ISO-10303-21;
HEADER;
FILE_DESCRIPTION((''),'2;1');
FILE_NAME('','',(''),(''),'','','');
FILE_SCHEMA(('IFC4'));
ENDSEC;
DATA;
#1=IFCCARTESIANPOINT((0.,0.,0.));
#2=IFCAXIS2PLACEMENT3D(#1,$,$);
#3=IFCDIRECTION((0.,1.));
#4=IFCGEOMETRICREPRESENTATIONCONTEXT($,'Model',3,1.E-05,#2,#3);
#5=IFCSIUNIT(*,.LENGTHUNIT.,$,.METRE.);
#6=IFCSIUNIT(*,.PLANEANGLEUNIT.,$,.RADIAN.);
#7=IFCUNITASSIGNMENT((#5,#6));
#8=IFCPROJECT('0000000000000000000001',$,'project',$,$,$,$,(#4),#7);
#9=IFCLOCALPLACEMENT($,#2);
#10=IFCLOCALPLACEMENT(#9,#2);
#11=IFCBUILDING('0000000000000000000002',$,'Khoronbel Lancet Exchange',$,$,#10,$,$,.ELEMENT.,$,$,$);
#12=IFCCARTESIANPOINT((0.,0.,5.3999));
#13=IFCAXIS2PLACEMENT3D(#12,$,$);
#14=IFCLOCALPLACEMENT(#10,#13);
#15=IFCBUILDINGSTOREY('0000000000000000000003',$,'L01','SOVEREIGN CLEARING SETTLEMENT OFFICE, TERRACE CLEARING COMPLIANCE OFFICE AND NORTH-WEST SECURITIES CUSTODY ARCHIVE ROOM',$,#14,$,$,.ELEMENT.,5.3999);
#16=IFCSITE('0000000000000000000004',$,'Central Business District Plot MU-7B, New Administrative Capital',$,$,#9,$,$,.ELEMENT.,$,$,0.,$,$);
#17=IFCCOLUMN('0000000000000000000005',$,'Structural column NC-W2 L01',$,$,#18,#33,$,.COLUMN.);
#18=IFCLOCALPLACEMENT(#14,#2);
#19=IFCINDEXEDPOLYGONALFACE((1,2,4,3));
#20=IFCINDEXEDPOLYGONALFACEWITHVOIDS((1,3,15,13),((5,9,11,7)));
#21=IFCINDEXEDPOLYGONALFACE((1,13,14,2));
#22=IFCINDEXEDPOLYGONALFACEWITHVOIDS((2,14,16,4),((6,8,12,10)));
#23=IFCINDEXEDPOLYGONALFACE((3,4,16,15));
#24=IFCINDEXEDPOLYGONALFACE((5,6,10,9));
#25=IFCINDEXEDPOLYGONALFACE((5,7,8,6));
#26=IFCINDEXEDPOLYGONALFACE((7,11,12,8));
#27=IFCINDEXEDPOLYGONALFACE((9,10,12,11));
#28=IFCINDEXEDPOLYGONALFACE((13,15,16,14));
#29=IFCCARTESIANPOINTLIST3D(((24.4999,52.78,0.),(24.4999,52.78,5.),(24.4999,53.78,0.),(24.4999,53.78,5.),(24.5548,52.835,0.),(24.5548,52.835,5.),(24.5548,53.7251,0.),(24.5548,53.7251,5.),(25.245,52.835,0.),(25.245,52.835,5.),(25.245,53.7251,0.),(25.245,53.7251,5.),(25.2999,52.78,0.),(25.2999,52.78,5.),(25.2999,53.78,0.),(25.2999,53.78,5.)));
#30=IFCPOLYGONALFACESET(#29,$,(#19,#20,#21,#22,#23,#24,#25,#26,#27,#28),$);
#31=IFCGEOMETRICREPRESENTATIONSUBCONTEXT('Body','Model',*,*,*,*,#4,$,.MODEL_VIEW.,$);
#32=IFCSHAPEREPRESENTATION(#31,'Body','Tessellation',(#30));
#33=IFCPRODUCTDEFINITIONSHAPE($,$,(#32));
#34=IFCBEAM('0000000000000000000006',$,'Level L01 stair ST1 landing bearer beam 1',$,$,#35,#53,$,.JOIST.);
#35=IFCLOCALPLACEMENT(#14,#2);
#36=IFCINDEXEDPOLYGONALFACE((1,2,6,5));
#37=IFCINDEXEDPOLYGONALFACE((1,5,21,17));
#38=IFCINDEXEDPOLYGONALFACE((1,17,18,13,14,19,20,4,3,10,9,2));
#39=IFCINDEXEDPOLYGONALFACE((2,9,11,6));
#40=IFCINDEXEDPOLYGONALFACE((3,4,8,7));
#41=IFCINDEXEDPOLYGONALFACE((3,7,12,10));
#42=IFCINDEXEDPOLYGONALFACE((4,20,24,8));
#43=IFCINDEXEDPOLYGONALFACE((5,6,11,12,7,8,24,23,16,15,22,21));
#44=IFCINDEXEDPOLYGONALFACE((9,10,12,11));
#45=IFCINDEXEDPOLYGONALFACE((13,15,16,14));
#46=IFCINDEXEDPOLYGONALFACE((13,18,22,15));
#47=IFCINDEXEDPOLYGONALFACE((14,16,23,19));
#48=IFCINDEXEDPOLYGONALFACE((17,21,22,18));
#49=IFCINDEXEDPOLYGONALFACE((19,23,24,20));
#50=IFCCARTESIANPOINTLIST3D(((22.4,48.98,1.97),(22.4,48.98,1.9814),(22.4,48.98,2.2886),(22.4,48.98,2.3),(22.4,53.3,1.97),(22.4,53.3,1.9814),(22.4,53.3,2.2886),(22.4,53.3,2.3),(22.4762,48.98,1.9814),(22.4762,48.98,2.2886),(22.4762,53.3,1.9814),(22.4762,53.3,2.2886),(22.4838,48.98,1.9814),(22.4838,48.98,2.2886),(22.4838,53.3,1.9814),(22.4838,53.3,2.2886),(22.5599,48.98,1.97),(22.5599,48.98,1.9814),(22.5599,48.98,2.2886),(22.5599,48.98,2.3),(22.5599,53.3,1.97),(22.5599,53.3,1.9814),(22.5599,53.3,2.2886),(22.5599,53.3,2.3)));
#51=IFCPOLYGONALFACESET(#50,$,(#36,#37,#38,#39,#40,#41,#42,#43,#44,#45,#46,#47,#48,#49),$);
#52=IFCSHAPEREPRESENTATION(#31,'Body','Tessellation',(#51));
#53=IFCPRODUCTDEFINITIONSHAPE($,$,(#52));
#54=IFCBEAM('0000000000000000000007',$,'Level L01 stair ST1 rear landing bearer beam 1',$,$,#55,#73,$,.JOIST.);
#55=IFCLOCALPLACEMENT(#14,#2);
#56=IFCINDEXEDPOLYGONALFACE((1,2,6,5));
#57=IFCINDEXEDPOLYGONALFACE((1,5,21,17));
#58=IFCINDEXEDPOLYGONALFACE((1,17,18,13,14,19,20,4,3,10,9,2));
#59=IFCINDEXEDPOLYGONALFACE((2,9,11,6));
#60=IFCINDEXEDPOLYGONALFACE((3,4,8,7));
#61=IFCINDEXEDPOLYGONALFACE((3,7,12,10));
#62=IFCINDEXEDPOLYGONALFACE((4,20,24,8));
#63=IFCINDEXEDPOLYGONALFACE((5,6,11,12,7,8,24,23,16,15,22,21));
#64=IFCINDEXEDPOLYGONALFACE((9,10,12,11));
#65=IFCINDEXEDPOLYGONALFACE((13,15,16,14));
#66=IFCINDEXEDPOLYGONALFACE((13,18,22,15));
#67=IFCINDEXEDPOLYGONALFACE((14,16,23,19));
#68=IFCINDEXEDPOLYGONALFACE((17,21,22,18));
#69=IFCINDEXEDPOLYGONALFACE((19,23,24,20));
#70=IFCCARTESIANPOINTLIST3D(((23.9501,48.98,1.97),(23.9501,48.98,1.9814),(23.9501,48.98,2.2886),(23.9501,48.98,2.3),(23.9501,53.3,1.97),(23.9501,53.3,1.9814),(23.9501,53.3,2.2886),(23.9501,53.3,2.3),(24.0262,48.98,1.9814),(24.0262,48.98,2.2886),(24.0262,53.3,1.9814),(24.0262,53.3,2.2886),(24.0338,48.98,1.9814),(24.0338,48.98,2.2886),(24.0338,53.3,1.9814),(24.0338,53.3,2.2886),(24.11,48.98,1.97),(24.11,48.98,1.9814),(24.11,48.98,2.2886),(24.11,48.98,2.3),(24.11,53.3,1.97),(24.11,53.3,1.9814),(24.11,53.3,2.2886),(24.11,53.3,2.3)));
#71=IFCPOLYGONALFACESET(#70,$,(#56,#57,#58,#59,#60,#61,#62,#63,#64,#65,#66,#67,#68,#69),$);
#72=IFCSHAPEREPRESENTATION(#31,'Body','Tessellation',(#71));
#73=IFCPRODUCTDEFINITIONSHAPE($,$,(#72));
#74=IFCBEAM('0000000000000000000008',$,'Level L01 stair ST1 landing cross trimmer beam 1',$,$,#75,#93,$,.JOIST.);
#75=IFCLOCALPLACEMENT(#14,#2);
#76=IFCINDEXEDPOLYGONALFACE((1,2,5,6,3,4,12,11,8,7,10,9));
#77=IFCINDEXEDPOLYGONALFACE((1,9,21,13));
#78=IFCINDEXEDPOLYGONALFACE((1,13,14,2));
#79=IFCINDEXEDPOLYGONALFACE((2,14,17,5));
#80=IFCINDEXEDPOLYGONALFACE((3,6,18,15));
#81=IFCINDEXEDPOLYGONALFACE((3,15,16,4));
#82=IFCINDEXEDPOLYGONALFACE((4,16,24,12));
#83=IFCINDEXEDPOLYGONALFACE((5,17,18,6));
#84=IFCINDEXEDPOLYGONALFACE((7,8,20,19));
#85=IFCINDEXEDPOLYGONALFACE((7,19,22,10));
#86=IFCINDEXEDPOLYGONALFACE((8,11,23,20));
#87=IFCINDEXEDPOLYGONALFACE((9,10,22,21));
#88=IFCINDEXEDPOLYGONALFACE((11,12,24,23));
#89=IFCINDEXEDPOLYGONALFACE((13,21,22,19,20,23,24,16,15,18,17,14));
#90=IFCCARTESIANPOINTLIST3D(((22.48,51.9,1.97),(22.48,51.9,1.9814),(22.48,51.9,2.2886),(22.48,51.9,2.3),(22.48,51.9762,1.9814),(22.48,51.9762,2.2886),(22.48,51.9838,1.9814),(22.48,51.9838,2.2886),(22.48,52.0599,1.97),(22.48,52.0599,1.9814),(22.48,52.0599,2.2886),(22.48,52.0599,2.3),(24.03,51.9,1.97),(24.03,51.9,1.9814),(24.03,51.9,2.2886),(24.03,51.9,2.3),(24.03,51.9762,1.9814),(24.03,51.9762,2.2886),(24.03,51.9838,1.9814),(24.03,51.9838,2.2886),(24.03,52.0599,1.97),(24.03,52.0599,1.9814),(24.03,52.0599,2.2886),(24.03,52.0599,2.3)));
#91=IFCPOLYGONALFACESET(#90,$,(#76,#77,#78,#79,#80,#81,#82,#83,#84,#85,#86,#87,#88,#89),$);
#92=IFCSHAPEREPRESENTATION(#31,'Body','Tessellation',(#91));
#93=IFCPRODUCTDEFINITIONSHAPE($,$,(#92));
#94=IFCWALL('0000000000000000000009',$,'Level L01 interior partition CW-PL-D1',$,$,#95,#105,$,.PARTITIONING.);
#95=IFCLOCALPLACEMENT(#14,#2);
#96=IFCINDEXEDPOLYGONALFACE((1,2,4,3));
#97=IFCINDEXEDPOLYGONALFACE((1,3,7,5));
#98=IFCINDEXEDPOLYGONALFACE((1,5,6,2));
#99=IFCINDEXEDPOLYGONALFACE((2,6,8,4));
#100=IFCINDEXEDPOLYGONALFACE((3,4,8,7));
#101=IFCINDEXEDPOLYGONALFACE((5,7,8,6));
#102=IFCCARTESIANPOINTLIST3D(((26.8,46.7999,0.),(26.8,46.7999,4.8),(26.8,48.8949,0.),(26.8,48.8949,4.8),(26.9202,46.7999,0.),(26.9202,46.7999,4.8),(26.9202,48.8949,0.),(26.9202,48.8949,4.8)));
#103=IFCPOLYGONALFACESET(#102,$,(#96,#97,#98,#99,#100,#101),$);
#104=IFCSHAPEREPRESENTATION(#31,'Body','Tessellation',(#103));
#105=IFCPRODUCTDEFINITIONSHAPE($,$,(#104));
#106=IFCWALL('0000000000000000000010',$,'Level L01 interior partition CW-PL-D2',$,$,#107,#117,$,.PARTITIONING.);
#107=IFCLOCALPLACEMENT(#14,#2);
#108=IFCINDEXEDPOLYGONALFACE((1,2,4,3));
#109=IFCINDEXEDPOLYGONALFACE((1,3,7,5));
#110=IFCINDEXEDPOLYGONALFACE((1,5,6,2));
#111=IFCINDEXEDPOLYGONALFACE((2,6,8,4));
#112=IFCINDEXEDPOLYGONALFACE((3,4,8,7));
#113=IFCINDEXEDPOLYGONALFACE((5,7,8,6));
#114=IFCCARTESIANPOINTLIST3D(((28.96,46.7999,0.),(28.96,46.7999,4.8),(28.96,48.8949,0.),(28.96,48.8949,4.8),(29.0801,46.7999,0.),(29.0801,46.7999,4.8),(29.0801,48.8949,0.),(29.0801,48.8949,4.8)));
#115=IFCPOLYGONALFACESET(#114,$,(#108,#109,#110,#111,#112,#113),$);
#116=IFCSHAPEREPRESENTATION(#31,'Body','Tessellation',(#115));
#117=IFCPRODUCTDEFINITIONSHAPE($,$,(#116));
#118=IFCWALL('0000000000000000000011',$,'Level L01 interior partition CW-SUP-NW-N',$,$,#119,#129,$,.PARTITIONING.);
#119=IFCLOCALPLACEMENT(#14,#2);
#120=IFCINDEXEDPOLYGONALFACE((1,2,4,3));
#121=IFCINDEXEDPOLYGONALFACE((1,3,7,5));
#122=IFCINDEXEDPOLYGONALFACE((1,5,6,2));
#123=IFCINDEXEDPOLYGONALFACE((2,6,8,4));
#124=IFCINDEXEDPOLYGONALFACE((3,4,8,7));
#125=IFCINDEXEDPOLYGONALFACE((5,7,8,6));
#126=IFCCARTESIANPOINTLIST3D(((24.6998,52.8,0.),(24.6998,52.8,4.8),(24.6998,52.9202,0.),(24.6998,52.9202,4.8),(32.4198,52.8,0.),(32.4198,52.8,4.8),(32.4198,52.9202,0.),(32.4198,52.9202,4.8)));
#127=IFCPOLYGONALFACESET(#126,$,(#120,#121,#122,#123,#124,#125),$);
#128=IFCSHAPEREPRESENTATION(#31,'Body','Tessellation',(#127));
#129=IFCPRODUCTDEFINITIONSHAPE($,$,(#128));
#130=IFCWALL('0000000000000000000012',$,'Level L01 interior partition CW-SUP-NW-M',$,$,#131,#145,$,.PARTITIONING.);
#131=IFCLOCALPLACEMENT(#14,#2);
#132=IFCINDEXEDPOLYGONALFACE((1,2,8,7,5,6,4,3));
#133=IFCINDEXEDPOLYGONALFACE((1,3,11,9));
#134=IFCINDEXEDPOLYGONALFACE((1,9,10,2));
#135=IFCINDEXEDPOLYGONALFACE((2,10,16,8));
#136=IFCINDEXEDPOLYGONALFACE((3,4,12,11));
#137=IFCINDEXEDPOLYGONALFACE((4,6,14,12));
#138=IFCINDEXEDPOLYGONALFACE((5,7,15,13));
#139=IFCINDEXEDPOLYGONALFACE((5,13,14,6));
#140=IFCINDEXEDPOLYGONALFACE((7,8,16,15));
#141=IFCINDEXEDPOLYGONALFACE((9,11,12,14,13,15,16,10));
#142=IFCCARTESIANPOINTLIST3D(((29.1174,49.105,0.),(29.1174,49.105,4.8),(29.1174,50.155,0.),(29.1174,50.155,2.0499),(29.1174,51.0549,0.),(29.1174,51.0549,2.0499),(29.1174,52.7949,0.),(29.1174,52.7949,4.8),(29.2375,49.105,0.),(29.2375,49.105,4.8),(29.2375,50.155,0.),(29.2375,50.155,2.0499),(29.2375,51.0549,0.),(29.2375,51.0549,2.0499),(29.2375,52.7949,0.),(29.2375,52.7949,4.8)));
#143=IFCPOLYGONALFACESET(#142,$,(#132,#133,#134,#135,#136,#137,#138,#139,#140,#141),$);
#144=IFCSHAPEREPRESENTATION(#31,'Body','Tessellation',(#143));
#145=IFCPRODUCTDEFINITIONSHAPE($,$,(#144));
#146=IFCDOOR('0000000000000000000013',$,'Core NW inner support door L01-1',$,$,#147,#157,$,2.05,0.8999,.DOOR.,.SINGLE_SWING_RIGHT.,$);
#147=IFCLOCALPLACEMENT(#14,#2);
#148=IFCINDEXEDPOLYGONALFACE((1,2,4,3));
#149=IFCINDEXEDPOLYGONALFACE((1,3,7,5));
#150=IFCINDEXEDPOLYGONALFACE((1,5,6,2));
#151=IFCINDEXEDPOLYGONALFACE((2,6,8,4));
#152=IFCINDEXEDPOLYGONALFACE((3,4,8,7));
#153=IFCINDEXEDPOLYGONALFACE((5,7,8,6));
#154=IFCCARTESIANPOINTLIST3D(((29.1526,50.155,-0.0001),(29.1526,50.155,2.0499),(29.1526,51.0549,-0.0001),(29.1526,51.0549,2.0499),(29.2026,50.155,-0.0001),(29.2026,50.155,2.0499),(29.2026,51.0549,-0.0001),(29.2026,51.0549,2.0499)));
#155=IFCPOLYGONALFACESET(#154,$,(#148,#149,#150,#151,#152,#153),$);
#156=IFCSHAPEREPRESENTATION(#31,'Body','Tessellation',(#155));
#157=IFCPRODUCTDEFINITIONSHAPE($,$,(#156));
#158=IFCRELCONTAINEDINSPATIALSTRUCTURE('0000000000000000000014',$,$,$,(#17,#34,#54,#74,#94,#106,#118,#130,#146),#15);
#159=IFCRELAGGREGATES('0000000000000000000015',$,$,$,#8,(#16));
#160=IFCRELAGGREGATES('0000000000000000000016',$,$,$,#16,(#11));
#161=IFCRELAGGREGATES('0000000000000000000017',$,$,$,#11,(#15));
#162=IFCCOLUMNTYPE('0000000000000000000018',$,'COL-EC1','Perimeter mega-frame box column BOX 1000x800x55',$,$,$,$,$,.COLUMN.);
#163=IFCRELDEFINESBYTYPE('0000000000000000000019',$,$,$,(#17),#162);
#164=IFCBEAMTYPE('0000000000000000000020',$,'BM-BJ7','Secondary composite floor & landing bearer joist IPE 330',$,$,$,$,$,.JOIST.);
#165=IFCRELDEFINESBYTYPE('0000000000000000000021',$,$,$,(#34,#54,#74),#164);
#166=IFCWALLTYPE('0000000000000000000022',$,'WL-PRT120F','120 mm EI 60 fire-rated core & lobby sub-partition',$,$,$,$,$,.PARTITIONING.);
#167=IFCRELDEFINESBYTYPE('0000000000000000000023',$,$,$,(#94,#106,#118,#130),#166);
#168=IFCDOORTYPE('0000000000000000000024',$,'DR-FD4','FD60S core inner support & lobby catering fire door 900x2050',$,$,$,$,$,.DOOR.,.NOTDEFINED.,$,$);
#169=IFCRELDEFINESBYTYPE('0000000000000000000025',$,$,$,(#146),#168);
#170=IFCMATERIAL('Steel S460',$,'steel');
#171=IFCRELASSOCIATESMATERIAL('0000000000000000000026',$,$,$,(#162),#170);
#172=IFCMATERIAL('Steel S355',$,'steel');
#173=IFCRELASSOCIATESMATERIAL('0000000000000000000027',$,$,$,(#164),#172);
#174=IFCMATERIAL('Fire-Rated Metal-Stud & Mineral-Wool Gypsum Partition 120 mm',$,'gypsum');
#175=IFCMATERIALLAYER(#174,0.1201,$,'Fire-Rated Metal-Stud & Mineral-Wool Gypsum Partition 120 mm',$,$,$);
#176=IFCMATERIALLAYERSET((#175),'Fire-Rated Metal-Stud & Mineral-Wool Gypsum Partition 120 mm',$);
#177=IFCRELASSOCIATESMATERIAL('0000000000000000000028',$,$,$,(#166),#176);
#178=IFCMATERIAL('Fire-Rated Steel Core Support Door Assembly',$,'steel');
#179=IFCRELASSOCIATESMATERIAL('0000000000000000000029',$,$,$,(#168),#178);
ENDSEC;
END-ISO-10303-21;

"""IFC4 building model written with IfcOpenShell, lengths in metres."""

from ifc_helpers import new_model, si_unit, direction, frame, frame_2d, origin, origin_2d, place, context, subcontext, project, spatial, rectangle, hollow_rectangle, i_section, extrude, material, layer, layer_set, material_profile, profile_set, type_object, element, fill, save


model = new_model("IFC4")

# Units and contexts
model_context = context("Model", 3, precision=1e-05, world=origin(), true_north=direction((0.0, 1.0)))
body_context = subcontext(model_context, "Body", "Model", "MODEL_VIEW")
ifc_project = project(units=[si_unit("LENGTHUNIT", "METRE"), si_unit("PLANEANGLEUNIT", "RADIAN")], contexts=[model_context])

# Site, building, storey
site_placement = place(None, origin())
site = spatial("IfcSite", under=ifc_project, at=site_placement, Name="Central Business District Plot MU-7B, New Administrative Capital", CompositionType="ELEMENT", RefElevation=0.0)
building_placement = place(site_placement, origin())
building = spatial("IfcBuilding", under=site, at=building_placement, Name="Khoronbel Lancet Exchange", CompositionType="ELEMENT")
storey_placement = place(building_placement, frame((0.0, 0.0, 5.3999)))
storey = spatial("IfcBuildingStorey", under=building, at=storey_placement, Name="L01", Description="SOVEREIGN CLEARING SETTLEMENT OFFICE, TERRACE CLEARING COMPLIANCE OFFICE AND NORTH-WEST SECURITIES CUSTODY ARCHIVE ROOM", CompositionType="ELEMENT", Elevation=5.3999)

# Column
ifc_material_1 = material(Name="Steel S460", Category="steel")
ifc_material_profile_1 = material_profile(ifc_material_1, hollow_rectangle(XDim=0.8, YDim=1.0, WallThickness=0.0549, at=origin_2d()), Name="BOX 1000x800x55")
ifc_profile_set_1 = profile_set([ifc_material_profile_1], Name="Steel S460")
column_type = type_object("IfcColumnType", Name="COL-EC1", Description="Perimeter mega-frame box column BOX 1000x800x55", PredefinedType="COLUMN", material=ifc_profile_set_1)
column_placement = place(storey_placement, frame((24.8999, 53.28, 0.0), z_axis=(0.0, 0.0, 1.0), x_axis=(1.0, 0.0, 0.0)))
element("IfcColumn", 1, at=column_placement, inside=storey, type_object=column_type, Name="Structural column NC-W2 L01", PredefinedType="COLUMN", context=body_context, shape_type="SweptSolid", body=[
    extrude(hollow_rectangle(XDim=0.8, YDim=1.0, WallThickness=0.0549, at=origin_2d()), origin(), (0.0, 0.0, 1.0), 5.0),
])

# Beams
ifc_material_2 = material(Name="Steel S355", Category="steel")
ifc_material_profile_2 = material_profile(ifc_material_2, i_section(OverallWidth=0.1599, OverallDepth=0.3301, WebThickness=0.0076, FlangeThickness=0.0115, at=origin_2d()), Name="IPE 330")
ifc_profile_set_2 = profile_set([ifc_material_profile_2], Name="Steel S355")
beam_type = type_object("IfcBeamType", Name="BM-BJ7", Description="Secondary composite floor & landing bearer joist IPE 330", PredefinedType="JOIST", material=ifc_profile_set_2)
for number, where, z_axis, x_axis, name in (
    (2, (22.48, 48.98, 2.135), (0.0, 1.0, 0.0), (-1.0, 0.0, 0.0), "Level L01 stair ST1 landing bearer beam 1"),
    (3, (24.03, 48.98, 2.135), (0.0, 1.0, 0.0), (-1.0, 0.0, 0.0), "Level L01 stair ST1 rear landing bearer beam 1"),
):
    element("IfcBeam", number, at=place(storey_placement, frame(where, z_axis=z_axis, x_axis=x_axis)), inside=storey, type_object=beam_type, Name=name, PredefinedType="JOIST", context=body_context, shape_type="SweptSolid", body=[
        extrude(i_section(OverallWidth=0.1599, OverallDepth=0.3301, WebThickness=0.0076, FlangeThickness=0.0115, at=origin_2d()), origin(), (0.0, 0.0, 1.0), 4.3201),
    ])
beam_placement = place(storey_placement, frame((22.48, 51.98, 2.135), z_axis=(1.0, 0.0, 0.0), x_axis=(0.0, 1.0, 0.0)))
element("IfcBeam", 4, at=beam_placement, inside=storey, type_object=beam_type, Name="Level L01 stair ST1 landing cross trimmer beam 1", PredefinedType="JOIST", context=body_context, shape_type="SweptSolid", body=[
    extrude(i_section(OverallWidth=0.1599, OverallDepth=0.3301, WebThickness=0.0076, FlangeThickness=0.0115, at=origin_2d()), origin(), (0.0, 0.0, 1.0), 1.55),
])

# Walls
ifc_material_3 = material(Name="Fire-Rated Metal-Stud & Mineral-Wool Gypsum Partition 120 mm", Category="gypsum")
ifc_layer_1 = layer(ifc_material_3, 0.1201, Name="Fire-Rated Metal-Stud & Mineral-Wool Gypsum Partition 120 mm")
ifc_layer_set_1 = layer_set([ifc_layer_1], Name="Fire-Rated Metal-Stud & Mineral-Wool Gypsum Partition 120 mm")
wall_type_1 = type_object("IfcWallType", Name="WL-PRT120F", Description="120 mm EI 60 fire-rated core & lobby sub-partition", PredefinedType="PARTITIONING", material=ifc_layer_set_1)
for number, where, z_axis, x_axis, name in (
    (5, (26.8601, 46.8, 0.0), (0.0, 0.0, 1.0), (0.0, 1.0, 0.0), "Level L01 interior partition CW-PL-D1"),
    (6, (29.02, 46.8, 0.0), (0.0, 0.0, 1.0), (0.0, 1.0, 0.0), "Level L01 interior partition CW-PL-D2"),
):
    element("IfcWall", number, at=place(storey_placement, frame(where, z_axis=z_axis, x_axis=x_axis)), inside=storey, type_object=wall_type_1, Name=name, PredefinedType="PARTITIONING", context=body_context, shape_type="SweptSolid", body=[
        extrude(rectangle(XDim=2.095, YDim=0.1201, at=frame_2d((1.0474, 0.0))), origin(), (0.0, 0.0, 1.0), 4.8),
    ])
wall_1_placement = place(storey_placement, frame((24.7, 52.8601, 0.0), z_axis=(0.0, 0.0, 1.0), x_axis=(1.0, 0.0, 0.0)))
element("IfcWall", 7, at=wall_1_placement, inside=storey, type_object=wall_type_1, Name="Level L01 interior partition CW-SUP-NW-N", PredefinedType="PARTITIONING", context=body_context, shape_type="SweptSolid", body=[
    extrude(rectangle(XDim=7.72, YDim=0.1201, at=frame_2d((3.8599, 0.0))), origin(), (0.0, 0.0, 1.0), 4.8),
])

# Wall, opening, door
wall_2_placement = place(storey_placement, frame((29.1775, 49.105, 0.0), z_axis=(0.0, 0.0, 1.0), x_axis=(0.0, 1.0, 0.0)))
wall_2 = element("IfcWall", 8, at=wall_2_placement, inside=storey, type_object=wall_type_1, Name="Level L01 interior partition CW-SUP-NW-M", PredefinedType="PARTITIONING", context=body_context, shape_type="SweptSolid", body=[
    extrude(rectangle(XDim=3.6899, YDim=0.1201, at=frame_2d((1.845, 0.0))), origin(), (0.0, 0.0, 1.0), 4.8),
])
opening_1_placement = place(wall_2_placement, frame((1.05, 0.0, 0.0)))
opening_1 = element("IfcOpeningElement", 9, at=opening_1_placement, cuts=wall_2, PredefinedType="OPENING", context=body_context, shape_type="SweptSolid", body=[
    extrude(rectangle(XDim=0.8999, YDim=2.05, at=frame_2d((0.45, 1.0249))), frame((0.0, 0.0701, 0.0), z_axis=(0.0, -1.0, 0.0), x_axis=(1.0, 0.0, 0.0)), (0.0, 0.0, 1.0), 0.1401),
])
ifc_material_4 = material(Name="Fire-Rated Steel Core Support Door Assembly", Category="steel")
door_type_1 = type_object("IfcDoorType", Name="DR-FD4", Description="FD60S core inner support & lobby catering fire door 900x2050", OperationType="NOTDEFINED", PredefinedType="DOOR", material=ifc_material_4)
door_1_placement = place(opening_1_placement, origin())
door_1 = element("IfcDoor", 10, at=door_1_placement, inside=storey, type_object=door_type_1, Name="Core NW inner support door L01-1", OperationType="SINGLE_SWING_RIGHT", OverallHeight=2.05, OverallWidth=0.8999, PredefinedType="DOOR", context=body_context, shape_type="SweptSolid", body=[
    extrude(rectangle(XDim=0.8999, YDim=2.05, at=frame_2d((0.45, 1.0249))), frame((0.0, 0.0249, 0.0), z_axis=(0.0, -1.0, 0.0), x_axis=(1.0, 0.0, 0.0)), (0.0, 0.0, 1.0), 0.05),
])
fill(opening_1, door_1)

save(model, "model.ifc")
